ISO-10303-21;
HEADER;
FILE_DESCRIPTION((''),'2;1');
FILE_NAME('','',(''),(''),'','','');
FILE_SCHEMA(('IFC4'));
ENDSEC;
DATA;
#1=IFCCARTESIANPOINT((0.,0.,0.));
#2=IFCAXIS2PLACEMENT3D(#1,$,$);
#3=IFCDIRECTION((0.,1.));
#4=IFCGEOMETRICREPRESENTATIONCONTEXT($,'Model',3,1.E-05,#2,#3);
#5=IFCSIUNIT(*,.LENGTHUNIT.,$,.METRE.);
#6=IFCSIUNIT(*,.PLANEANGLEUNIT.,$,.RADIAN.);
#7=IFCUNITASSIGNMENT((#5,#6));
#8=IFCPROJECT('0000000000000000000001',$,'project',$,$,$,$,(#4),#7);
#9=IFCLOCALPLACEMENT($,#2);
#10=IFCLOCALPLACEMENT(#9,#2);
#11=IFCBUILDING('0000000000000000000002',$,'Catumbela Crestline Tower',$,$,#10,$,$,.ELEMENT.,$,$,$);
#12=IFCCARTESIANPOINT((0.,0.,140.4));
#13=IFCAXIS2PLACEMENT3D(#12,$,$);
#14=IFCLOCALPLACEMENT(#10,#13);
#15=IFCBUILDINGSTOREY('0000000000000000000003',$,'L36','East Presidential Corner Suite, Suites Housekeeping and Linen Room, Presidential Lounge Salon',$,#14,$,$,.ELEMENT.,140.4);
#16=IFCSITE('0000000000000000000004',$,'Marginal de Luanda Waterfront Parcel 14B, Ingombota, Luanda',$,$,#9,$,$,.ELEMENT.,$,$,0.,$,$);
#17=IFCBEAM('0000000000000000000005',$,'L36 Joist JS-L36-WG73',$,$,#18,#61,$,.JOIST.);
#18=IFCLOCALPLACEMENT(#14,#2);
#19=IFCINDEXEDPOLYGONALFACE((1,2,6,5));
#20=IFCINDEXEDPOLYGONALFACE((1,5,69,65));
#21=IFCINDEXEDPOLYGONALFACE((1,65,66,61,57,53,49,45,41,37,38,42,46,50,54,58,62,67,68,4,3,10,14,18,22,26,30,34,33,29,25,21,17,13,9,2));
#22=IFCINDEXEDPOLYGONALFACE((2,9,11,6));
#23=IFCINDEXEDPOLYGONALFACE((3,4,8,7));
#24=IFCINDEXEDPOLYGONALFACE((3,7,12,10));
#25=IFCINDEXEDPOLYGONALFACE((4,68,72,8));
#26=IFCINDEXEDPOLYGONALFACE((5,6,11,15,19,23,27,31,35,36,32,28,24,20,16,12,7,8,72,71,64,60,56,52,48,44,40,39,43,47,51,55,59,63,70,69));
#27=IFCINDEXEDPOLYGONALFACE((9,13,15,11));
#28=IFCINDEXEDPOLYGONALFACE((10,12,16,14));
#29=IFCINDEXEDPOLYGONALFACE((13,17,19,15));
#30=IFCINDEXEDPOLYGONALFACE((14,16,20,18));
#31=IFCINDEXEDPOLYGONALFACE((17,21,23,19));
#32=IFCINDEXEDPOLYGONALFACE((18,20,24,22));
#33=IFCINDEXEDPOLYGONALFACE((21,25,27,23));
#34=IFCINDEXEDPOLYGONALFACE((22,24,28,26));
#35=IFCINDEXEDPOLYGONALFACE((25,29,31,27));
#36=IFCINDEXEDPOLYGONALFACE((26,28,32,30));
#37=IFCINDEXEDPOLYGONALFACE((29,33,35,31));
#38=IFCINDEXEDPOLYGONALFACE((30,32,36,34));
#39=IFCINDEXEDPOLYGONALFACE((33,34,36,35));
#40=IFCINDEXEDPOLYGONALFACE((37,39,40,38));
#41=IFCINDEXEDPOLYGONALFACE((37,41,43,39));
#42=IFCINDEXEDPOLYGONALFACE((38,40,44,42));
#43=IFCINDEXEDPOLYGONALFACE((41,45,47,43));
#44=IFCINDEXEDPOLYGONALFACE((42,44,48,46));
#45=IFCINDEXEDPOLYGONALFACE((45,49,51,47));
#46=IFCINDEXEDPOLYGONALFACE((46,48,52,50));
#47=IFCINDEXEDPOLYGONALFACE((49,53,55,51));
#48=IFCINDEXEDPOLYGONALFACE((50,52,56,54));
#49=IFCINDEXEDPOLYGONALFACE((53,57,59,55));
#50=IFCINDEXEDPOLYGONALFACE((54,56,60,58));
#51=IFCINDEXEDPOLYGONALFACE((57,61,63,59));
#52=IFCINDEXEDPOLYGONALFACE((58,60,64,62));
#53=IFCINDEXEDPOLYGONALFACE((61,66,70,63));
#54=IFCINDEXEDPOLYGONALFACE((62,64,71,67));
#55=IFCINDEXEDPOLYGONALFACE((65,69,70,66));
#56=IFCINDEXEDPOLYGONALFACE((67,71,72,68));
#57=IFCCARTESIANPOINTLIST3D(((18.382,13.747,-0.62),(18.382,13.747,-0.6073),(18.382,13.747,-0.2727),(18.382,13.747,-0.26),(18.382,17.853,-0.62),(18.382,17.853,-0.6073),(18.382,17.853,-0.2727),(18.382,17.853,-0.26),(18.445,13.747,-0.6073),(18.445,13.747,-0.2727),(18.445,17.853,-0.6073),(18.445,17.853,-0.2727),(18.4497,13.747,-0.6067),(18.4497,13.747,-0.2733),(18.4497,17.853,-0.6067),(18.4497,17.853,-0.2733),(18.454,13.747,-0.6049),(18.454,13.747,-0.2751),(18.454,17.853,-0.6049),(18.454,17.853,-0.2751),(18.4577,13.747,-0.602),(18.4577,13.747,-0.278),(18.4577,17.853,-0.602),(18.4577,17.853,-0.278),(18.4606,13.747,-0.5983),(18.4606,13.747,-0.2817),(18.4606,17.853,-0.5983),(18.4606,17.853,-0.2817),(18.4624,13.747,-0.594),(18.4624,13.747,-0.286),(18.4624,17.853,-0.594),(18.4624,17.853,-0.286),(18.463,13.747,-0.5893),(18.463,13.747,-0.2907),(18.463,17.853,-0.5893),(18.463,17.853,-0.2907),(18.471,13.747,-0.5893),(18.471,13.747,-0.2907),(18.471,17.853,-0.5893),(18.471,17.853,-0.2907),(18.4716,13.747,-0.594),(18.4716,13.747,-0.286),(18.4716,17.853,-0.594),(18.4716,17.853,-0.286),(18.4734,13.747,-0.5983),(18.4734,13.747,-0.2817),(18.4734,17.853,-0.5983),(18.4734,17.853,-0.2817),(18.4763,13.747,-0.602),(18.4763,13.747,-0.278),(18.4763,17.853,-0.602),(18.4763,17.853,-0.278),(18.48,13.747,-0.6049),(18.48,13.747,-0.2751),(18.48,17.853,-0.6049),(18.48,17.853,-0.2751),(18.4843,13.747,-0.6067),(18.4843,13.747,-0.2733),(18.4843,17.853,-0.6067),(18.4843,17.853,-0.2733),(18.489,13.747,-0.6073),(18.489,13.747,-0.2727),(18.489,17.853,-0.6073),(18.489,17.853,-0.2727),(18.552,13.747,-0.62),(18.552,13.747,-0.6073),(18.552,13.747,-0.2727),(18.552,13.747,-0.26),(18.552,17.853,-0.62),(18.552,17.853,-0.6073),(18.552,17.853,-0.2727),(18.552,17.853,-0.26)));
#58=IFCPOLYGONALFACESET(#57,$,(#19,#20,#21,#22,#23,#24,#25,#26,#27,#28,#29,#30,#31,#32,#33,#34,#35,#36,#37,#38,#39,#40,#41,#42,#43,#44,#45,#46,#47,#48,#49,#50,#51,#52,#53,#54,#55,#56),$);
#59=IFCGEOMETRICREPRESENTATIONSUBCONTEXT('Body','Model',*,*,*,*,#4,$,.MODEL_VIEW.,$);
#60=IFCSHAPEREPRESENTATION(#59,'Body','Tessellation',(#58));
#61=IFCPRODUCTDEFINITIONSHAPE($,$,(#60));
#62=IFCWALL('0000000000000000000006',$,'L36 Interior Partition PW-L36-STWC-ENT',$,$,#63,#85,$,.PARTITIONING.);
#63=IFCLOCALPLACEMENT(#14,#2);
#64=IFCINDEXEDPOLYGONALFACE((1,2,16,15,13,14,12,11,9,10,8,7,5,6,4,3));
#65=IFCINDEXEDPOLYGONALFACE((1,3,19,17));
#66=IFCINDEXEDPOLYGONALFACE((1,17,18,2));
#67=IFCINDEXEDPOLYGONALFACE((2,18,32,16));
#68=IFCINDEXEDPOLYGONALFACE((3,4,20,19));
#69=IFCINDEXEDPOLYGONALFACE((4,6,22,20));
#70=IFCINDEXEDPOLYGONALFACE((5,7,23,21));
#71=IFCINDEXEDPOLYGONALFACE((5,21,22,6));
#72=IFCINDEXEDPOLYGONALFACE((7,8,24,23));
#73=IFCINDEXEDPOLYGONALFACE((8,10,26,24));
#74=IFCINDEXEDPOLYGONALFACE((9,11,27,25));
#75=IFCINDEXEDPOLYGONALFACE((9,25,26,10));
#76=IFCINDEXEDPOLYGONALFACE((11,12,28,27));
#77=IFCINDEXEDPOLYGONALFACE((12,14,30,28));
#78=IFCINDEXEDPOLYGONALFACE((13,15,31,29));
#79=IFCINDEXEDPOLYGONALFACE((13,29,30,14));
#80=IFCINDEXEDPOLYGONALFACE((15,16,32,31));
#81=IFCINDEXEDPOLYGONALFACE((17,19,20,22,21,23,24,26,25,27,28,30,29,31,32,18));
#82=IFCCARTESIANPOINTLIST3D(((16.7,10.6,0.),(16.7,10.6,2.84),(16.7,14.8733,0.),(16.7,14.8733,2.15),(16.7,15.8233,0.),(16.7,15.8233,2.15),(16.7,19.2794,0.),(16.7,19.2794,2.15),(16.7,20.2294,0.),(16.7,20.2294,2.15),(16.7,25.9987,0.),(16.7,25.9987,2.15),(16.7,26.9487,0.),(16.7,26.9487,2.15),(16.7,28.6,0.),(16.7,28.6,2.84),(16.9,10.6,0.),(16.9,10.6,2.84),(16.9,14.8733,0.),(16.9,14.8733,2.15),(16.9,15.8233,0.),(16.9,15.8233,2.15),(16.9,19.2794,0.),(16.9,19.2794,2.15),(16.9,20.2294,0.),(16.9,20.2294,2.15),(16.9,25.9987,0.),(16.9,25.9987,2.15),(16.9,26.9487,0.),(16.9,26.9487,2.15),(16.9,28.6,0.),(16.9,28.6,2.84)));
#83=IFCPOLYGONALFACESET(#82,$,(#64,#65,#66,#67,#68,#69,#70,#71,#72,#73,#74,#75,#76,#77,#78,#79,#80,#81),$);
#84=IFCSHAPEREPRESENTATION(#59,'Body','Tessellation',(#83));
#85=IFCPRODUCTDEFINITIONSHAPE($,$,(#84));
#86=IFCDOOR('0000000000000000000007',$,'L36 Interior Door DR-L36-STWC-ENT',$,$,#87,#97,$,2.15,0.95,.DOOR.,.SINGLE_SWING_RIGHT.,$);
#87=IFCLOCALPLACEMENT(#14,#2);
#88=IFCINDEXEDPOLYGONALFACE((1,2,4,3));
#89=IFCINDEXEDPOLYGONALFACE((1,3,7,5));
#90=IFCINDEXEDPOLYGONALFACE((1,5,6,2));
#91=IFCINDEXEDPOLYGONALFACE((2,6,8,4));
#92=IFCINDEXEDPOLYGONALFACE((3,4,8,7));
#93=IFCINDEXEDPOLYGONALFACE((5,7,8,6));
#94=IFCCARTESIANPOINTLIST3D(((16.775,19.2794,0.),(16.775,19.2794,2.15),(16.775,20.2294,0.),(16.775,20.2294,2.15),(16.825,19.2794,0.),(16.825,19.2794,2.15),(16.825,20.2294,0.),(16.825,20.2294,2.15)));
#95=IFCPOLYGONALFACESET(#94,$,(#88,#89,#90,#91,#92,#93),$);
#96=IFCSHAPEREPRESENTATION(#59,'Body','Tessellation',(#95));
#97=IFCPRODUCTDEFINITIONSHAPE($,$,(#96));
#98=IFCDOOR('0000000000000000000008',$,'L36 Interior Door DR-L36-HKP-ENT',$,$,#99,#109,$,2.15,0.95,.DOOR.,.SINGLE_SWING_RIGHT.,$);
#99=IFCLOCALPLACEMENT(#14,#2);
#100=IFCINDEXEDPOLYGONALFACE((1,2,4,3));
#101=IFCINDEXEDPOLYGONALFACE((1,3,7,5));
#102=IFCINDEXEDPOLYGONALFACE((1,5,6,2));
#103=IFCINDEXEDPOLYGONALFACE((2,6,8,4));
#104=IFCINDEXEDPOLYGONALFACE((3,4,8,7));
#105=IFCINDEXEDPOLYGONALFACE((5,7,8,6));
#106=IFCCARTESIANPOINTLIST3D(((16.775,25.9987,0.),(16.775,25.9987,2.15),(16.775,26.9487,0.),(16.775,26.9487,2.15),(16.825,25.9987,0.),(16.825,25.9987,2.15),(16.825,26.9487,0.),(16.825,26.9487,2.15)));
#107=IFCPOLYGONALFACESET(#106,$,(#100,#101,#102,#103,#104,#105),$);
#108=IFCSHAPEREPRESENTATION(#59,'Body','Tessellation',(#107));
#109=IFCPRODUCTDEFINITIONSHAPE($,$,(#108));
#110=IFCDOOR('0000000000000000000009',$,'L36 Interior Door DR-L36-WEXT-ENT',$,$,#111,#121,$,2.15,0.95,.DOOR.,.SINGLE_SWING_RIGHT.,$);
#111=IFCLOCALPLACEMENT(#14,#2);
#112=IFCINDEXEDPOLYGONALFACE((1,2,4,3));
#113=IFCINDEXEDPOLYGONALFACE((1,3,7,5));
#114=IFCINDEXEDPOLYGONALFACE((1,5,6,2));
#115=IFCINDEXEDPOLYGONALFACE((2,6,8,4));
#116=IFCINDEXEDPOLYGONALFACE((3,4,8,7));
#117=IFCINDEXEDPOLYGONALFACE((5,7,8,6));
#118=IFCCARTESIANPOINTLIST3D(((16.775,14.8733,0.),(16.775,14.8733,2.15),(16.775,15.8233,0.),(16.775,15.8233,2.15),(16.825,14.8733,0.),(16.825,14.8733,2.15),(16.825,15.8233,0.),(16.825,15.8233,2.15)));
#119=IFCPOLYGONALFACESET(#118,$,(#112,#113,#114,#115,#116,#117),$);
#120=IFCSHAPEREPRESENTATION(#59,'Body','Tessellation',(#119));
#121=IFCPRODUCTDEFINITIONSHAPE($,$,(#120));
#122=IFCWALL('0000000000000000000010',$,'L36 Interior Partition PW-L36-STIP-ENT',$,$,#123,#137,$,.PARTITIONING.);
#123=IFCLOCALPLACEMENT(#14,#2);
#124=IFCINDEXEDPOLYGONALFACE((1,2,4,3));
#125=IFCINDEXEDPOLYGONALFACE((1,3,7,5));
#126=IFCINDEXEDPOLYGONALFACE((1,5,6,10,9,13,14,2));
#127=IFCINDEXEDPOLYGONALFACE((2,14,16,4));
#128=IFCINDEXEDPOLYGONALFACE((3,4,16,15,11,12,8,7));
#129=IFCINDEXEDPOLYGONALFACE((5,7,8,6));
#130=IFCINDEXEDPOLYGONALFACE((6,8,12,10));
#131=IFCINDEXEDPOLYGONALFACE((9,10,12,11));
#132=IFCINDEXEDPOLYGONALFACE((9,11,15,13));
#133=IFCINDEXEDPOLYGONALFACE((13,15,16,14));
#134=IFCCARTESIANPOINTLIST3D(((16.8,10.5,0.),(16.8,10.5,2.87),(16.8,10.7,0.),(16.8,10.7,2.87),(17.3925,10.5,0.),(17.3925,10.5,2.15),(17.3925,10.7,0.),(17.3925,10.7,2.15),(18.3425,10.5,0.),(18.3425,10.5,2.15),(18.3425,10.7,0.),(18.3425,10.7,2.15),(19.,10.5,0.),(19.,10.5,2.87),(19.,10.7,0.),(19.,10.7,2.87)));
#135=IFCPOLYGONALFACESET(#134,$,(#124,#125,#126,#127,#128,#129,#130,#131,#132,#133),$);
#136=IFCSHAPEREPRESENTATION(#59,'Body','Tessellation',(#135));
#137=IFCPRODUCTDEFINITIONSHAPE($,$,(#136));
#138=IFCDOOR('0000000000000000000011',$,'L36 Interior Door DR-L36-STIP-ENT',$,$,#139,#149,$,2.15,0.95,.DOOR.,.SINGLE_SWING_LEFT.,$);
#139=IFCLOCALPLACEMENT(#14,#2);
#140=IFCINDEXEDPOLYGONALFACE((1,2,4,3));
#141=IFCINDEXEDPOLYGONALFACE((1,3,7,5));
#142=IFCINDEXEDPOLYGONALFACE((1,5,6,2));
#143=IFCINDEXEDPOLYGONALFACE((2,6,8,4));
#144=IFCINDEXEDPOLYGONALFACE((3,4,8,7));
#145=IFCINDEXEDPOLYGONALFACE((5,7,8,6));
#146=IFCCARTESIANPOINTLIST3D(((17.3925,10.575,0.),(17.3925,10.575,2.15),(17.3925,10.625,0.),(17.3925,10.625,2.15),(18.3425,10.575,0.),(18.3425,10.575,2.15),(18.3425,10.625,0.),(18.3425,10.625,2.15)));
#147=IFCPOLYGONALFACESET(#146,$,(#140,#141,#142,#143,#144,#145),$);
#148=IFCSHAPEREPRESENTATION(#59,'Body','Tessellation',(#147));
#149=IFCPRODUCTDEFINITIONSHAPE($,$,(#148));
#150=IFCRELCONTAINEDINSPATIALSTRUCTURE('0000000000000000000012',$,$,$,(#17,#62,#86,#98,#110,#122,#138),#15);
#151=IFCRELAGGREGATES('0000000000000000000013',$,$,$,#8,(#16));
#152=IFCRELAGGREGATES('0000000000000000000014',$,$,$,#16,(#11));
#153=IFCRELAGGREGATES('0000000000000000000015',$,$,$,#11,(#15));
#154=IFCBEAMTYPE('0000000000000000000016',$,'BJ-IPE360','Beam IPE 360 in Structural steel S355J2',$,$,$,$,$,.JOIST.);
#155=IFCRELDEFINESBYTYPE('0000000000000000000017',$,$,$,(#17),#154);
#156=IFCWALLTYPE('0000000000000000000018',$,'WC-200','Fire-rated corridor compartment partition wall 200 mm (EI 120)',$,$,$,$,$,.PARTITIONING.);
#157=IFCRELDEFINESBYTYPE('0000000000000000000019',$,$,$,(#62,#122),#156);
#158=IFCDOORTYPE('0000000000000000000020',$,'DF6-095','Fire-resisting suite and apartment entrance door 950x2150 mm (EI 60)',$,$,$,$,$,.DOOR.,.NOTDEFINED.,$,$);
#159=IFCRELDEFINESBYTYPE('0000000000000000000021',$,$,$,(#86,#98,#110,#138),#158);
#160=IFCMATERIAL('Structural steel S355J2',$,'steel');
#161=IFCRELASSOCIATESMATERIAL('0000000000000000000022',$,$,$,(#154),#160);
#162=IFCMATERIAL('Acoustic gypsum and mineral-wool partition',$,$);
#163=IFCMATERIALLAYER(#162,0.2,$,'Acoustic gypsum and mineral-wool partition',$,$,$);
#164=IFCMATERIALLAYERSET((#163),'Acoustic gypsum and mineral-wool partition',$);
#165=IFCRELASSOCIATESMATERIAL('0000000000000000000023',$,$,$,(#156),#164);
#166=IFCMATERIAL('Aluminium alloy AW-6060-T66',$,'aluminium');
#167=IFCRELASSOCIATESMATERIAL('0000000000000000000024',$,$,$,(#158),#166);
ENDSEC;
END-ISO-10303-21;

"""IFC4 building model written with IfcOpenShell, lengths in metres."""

from ifc_helpers import new_model, si_unit, direction, frame, frame_2d, origin, origin_2d, place, context, subcontext, project, spatial, rectangle, i_section, extrude, material, layer, layer_set, material_profile, profile_set, type_object, element, fill, save


model = new_model("IFC4")

# Units and contexts
model_context = context("Model", 3, precision=1e-05, world=origin(), true_north=direction((0.0, 1.0)))
body_context = subcontext(model_context, "Body", "Model", "MODEL_VIEW")
ifc_project = project(units=[si_unit("LENGTHUNIT", "METRE"), si_unit("PLANEANGLEUNIT", "RADIAN")], contexts=[model_context])

# Site, building, storey
site_placement = place(None, origin())
site = spatial("IfcSite", under=ifc_project, at=site_placement, Name="Marginal de Luanda Waterfront Parcel 14B, Ingombota, Luanda", CompositionType="ELEMENT", RefElevation=0.0)
building_placement = place(site_placement, origin())
building = spatial("IfcBuilding", under=site, at=building_placement, Name="Catumbela Crestline Tower", CompositionType="ELEMENT")
storey_placement = place(building_placement, frame((0.0, 0.0, 140.4)))
storey = spatial("IfcBuildingStorey", under=building, at=storey_placement, Name="L36", Description="East Presidential Corner Suite, Suites Housekeeping and Linen Room, Presidential Lounge Salon", CompositionType="ELEMENT", Elevation=140.4)

# Beam
ifc_material_1 = material(Name="Structural steel S355J2", Category="steel")
ifc_material_profile_1 = material_profile(ifc_material_1, i_section(OverallWidth=0.17, OverallDepth=0.36, WebThickness=0.008, FlangeThickness=0.0127, FilletRadius=0.018, at=origin_2d()), Name="IPE 360")
ifc_profile_set_1 = profile_set([ifc_material_profile_1], Name="Structural steel S355J2")
beam_type_1 = type_object("IfcBeamType", Name="BJ-IPE360", Description="Beam IPE 360 in Structural steel S355J2", PredefinedType="JOIST", material=ifc_profile_set_1)
beam_1_placement = place(storey_placement, frame((18.467, 13.747, -0.44), z_axis=(0.0, 1.0, 0.0), x_axis=(-1.0, 0.0, 0.0)))
element("IfcBeam", 1, at=beam_1_placement, inside=storey, type_object=beam_type_1, Name="L36 Joist JS-L36-WG73", PredefinedType="JOIST", context=body_context, shape_type="SweptSolid", body=[
    extrude(i_section(OverallWidth=0.17, OverallDepth=0.36, WebThickness=0.008, FlangeThickness=0.0127, FilletRadius=0.018, at=origin_2d()), origin(), (0.0, 0.0, 1.0), 4.106),
])

# Wall, openings, doors
ifc_material_2 = material(Name="Acoustic gypsum and mineral-wool partition")
ifc_layer_1 = layer(ifc_material_2, 0.2, Name="Acoustic gypsum and mineral-wool partition")
ifc_layer_set_1 = layer_set([ifc_layer_1], Name="Acoustic gypsum and mineral-wool partition")
wall_type_1 = type_object("IfcWallType", Name="WC-200", Description="Fire-rated corridor compartment partition wall 200 mm (EI 120)", PredefinedType="PARTITIONING", material=ifc_layer_set_1)
wall_1_placement = place(storey_placement, frame((16.8, 10.6, 0.0), z_axis=(0.0, 0.0, 1.0), x_axis=(0.0, 1.0, 0.0)))
wall_1 = element("IfcWall", 2, at=wall_1_placement, inside=storey, type_object=wall_type_1, Name="L36 Interior Partition PW-L36-STWC-ENT", PredefinedType="PARTITIONING", context=body_context, shape_type="SweptSolid", body=[
    extrude(rectangle(XDim=18.0, YDim=0.2, at=frame_2d((9.0, 0.0))), origin(), (0.0, 0.0, 1.0), 2.84),
])
opening_1_placement = place(wall_1_placement, frame((8.6794, 0.0, 0.0)))
opening_1 = element("IfcOpeningElement", 3, at=opening_1_placement, cuts=wall_1, PredefinedType="OPENING", context=body_context, shape_type="SweptSolid", body=[
    extrude(rectangle(XDim=0.95, YDim=2.15, at=frame_2d((0.475, 1.075))), frame((0.0, 0.11, 0.0), z_axis=(0.0, -1.0, 0.0), x_axis=(1.0, 0.0, 0.0)), (0.0, 0.0, 1.0), 0.22),
])
opening_2_placement = place(wall_1_placement, frame((15.3987, 0.0, 0.0)))
opening_2 = element("IfcOpeningElement", 4, at=opening_2_placement, cuts=wall_1, PredefinedType="OPENING", context=body_context, shape_type="SweptSolid", body=[
    extrude(rectangle(XDim=0.95, YDim=2.15, at=frame_2d((0.475, 1.075))), frame((0.0, 0.11, 0.0), z_axis=(0.0, -1.0, 0.0), x_axis=(1.0, 0.0, 0.0)), (0.0, 0.0, 1.0), 0.22),
])
opening_3_placement = place(wall_1_placement, frame((4.2733, 0.0, 0.0)))
opening_3 = element("IfcOpeningElement", 5, at=opening_3_placement, cuts=wall_1, PredefinedType="OPENING", context=body_context, shape_type="SweptSolid", body=[
    extrude(rectangle(XDim=0.95, YDim=2.15, at=frame_2d((0.475, 1.075))), frame((0.0, 0.11, 0.0), z_axis=(0.0, -1.0, 0.0), x_axis=(1.0, 0.0, 0.0)), (0.0, 0.0, 1.0), 0.22),
])
ifc_material_3 = material(Name="Aluminium alloy AW-6060-T66", Category="aluminium")
door_type = type_object("IfcDoorType", Name="DF6-095", Description="Fire-resisting suite and apartment entrance door 950x2150 mm (EI 60)", OperationType="NOTDEFINED", PredefinedType="DOOR", material=ifc_material_3)
door_1_placement = place(opening_1_placement, origin())
door_1 = element("IfcDoor", 6, at=door_1_placement, inside=storey, type_object=door_type, Name="L36 Interior Door DR-L36-STWC-ENT", OperationType="SINGLE_SWING_RIGHT", OverallHeight=2.15, OverallWidth=0.95, PredefinedType="DOOR", context=body_context, shape_type="SweptSolid", body=[
    extrude(rectangle(XDim=0.95, YDim=2.15, at=frame_2d((0.475, 1.075))), frame((0.0, 0.025, 0.0), z_axis=(0.0, -1.0, 0.0), x_axis=(1.0, 0.0, 0.0)), (0.0, 0.0, 1.0), 0.05),
])
fill(opening_1, door_1)
door_2_placement = place(opening_2_placement, origin())
door_2 = element("IfcDoor", 7, at=door_2_placement, inside=storey, type_object=door_type, Name="L36 Interior Door DR-L36-HKP-ENT", OperationType="SINGLE_SWING_RIGHT", OverallHeight=2.15, OverallWidth=0.95, PredefinedType="DOOR", context=body_context, shape_type="SweptSolid", body=[
    extrude(rectangle(XDim=0.95, YDim=2.15, at=frame_2d((0.475, 1.075))), frame((0.0, 0.025, 0.0), z_axis=(0.0, -1.0, 0.0), x_axis=(1.0, 0.0, 0.0)), (0.0, 0.0, 1.0), 0.05),
])
fill(opening_2, door_2)
door_3_placement = place(opening_3_placement, origin())
door_3 = element("IfcDoor", 8, at=door_3_placement, inside=storey, type_object=door_type, Name="L36 Interior Door DR-L36-WEXT-ENT", OperationType="SINGLE_SWING_RIGHT", OverallHeight=2.15, OverallWidth=0.95, PredefinedType="DOOR", context=body_context, shape_type="SweptSolid", body=[
    extrude(rectangle(XDim=0.95, YDim=2.15, at=frame_2d((0.475, 1.075))), frame((0.0, 0.025, 0.0), z_axis=(0.0, -1.0, 0.0), x_axis=(1.0, 0.0, 0.0)), (0.0, 0.0, 1.0), 0.05),
])
fill(opening_3, door_3)

# Wall, opening, door
wall_2_placement = place(storey_placement, frame((16.8, 10.6, 0.0), z_axis=(0.0, 0.0, 1.0), x_axis=(1.0, 0.0, 0.0)))
wall_2 = element("IfcWall", 9, at=wall_2_placement, inside=storey, type_object=wall_type_1, Name="L36 Interior Partition PW-L36-STIP-ENT", PredefinedType="PARTITIONING", context=body_context, shape_type="SweptSolid", body=[
    extrude(rectangle(XDim=2.2, YDim=0.2, at=frame_2d((1.1, 0.0))), origin(), (0.0, 0.0, 1.0), 2.87),
])
opening_4_placement = place(wall_2_placement, frame((0.5925, 0.0, 0.0)))
opening_4 = element("IfcOpeningElement", 10, at=opening_4_placement, cuts=wall_2, PredefinedType="OPENING", context=body_context, shape_type="SweptSolid", body=[
    extrude(rectangle(XDim=0.95, YDim=2.15, at=frame_2d((0.475, 1.075))), frame((0.0, 0.11, 0.0), z_axis=(0.0, -1.0, 0.0), x_axis=(1.0, 0.0, 0.0)), (0.0, 0.0, 1.0), 0.22),
])
door_4_placement = place(opening_4_placement, origin())
door_4 = element("IfcDoor", 11, at=door_4_placement, inside=storey, type_object=door_type, Name="L36 Interior Door DR-L36-STIP-ENT", OperationType="SINGLE_SWING_LEFT", OverallHeight=2.15, OverallWidth=0.95, PredefinedType="DOOR", context=body_context, shape_type="SweptSolid", body=[
    extrude(rectangle(XDim=0.95, YDim=2.15, at=frame_2d((0.475, 1.075))), frame((0.0, 0.025, 0.0), z_axis=(0.0, -1.0, 0.0), x_axis=(1.0, 0.0, 0.0)), (0.0, 0.0, 1.0), 0.05),
])
fill(opening_4, door_4)

save(model, "model.ifc")
